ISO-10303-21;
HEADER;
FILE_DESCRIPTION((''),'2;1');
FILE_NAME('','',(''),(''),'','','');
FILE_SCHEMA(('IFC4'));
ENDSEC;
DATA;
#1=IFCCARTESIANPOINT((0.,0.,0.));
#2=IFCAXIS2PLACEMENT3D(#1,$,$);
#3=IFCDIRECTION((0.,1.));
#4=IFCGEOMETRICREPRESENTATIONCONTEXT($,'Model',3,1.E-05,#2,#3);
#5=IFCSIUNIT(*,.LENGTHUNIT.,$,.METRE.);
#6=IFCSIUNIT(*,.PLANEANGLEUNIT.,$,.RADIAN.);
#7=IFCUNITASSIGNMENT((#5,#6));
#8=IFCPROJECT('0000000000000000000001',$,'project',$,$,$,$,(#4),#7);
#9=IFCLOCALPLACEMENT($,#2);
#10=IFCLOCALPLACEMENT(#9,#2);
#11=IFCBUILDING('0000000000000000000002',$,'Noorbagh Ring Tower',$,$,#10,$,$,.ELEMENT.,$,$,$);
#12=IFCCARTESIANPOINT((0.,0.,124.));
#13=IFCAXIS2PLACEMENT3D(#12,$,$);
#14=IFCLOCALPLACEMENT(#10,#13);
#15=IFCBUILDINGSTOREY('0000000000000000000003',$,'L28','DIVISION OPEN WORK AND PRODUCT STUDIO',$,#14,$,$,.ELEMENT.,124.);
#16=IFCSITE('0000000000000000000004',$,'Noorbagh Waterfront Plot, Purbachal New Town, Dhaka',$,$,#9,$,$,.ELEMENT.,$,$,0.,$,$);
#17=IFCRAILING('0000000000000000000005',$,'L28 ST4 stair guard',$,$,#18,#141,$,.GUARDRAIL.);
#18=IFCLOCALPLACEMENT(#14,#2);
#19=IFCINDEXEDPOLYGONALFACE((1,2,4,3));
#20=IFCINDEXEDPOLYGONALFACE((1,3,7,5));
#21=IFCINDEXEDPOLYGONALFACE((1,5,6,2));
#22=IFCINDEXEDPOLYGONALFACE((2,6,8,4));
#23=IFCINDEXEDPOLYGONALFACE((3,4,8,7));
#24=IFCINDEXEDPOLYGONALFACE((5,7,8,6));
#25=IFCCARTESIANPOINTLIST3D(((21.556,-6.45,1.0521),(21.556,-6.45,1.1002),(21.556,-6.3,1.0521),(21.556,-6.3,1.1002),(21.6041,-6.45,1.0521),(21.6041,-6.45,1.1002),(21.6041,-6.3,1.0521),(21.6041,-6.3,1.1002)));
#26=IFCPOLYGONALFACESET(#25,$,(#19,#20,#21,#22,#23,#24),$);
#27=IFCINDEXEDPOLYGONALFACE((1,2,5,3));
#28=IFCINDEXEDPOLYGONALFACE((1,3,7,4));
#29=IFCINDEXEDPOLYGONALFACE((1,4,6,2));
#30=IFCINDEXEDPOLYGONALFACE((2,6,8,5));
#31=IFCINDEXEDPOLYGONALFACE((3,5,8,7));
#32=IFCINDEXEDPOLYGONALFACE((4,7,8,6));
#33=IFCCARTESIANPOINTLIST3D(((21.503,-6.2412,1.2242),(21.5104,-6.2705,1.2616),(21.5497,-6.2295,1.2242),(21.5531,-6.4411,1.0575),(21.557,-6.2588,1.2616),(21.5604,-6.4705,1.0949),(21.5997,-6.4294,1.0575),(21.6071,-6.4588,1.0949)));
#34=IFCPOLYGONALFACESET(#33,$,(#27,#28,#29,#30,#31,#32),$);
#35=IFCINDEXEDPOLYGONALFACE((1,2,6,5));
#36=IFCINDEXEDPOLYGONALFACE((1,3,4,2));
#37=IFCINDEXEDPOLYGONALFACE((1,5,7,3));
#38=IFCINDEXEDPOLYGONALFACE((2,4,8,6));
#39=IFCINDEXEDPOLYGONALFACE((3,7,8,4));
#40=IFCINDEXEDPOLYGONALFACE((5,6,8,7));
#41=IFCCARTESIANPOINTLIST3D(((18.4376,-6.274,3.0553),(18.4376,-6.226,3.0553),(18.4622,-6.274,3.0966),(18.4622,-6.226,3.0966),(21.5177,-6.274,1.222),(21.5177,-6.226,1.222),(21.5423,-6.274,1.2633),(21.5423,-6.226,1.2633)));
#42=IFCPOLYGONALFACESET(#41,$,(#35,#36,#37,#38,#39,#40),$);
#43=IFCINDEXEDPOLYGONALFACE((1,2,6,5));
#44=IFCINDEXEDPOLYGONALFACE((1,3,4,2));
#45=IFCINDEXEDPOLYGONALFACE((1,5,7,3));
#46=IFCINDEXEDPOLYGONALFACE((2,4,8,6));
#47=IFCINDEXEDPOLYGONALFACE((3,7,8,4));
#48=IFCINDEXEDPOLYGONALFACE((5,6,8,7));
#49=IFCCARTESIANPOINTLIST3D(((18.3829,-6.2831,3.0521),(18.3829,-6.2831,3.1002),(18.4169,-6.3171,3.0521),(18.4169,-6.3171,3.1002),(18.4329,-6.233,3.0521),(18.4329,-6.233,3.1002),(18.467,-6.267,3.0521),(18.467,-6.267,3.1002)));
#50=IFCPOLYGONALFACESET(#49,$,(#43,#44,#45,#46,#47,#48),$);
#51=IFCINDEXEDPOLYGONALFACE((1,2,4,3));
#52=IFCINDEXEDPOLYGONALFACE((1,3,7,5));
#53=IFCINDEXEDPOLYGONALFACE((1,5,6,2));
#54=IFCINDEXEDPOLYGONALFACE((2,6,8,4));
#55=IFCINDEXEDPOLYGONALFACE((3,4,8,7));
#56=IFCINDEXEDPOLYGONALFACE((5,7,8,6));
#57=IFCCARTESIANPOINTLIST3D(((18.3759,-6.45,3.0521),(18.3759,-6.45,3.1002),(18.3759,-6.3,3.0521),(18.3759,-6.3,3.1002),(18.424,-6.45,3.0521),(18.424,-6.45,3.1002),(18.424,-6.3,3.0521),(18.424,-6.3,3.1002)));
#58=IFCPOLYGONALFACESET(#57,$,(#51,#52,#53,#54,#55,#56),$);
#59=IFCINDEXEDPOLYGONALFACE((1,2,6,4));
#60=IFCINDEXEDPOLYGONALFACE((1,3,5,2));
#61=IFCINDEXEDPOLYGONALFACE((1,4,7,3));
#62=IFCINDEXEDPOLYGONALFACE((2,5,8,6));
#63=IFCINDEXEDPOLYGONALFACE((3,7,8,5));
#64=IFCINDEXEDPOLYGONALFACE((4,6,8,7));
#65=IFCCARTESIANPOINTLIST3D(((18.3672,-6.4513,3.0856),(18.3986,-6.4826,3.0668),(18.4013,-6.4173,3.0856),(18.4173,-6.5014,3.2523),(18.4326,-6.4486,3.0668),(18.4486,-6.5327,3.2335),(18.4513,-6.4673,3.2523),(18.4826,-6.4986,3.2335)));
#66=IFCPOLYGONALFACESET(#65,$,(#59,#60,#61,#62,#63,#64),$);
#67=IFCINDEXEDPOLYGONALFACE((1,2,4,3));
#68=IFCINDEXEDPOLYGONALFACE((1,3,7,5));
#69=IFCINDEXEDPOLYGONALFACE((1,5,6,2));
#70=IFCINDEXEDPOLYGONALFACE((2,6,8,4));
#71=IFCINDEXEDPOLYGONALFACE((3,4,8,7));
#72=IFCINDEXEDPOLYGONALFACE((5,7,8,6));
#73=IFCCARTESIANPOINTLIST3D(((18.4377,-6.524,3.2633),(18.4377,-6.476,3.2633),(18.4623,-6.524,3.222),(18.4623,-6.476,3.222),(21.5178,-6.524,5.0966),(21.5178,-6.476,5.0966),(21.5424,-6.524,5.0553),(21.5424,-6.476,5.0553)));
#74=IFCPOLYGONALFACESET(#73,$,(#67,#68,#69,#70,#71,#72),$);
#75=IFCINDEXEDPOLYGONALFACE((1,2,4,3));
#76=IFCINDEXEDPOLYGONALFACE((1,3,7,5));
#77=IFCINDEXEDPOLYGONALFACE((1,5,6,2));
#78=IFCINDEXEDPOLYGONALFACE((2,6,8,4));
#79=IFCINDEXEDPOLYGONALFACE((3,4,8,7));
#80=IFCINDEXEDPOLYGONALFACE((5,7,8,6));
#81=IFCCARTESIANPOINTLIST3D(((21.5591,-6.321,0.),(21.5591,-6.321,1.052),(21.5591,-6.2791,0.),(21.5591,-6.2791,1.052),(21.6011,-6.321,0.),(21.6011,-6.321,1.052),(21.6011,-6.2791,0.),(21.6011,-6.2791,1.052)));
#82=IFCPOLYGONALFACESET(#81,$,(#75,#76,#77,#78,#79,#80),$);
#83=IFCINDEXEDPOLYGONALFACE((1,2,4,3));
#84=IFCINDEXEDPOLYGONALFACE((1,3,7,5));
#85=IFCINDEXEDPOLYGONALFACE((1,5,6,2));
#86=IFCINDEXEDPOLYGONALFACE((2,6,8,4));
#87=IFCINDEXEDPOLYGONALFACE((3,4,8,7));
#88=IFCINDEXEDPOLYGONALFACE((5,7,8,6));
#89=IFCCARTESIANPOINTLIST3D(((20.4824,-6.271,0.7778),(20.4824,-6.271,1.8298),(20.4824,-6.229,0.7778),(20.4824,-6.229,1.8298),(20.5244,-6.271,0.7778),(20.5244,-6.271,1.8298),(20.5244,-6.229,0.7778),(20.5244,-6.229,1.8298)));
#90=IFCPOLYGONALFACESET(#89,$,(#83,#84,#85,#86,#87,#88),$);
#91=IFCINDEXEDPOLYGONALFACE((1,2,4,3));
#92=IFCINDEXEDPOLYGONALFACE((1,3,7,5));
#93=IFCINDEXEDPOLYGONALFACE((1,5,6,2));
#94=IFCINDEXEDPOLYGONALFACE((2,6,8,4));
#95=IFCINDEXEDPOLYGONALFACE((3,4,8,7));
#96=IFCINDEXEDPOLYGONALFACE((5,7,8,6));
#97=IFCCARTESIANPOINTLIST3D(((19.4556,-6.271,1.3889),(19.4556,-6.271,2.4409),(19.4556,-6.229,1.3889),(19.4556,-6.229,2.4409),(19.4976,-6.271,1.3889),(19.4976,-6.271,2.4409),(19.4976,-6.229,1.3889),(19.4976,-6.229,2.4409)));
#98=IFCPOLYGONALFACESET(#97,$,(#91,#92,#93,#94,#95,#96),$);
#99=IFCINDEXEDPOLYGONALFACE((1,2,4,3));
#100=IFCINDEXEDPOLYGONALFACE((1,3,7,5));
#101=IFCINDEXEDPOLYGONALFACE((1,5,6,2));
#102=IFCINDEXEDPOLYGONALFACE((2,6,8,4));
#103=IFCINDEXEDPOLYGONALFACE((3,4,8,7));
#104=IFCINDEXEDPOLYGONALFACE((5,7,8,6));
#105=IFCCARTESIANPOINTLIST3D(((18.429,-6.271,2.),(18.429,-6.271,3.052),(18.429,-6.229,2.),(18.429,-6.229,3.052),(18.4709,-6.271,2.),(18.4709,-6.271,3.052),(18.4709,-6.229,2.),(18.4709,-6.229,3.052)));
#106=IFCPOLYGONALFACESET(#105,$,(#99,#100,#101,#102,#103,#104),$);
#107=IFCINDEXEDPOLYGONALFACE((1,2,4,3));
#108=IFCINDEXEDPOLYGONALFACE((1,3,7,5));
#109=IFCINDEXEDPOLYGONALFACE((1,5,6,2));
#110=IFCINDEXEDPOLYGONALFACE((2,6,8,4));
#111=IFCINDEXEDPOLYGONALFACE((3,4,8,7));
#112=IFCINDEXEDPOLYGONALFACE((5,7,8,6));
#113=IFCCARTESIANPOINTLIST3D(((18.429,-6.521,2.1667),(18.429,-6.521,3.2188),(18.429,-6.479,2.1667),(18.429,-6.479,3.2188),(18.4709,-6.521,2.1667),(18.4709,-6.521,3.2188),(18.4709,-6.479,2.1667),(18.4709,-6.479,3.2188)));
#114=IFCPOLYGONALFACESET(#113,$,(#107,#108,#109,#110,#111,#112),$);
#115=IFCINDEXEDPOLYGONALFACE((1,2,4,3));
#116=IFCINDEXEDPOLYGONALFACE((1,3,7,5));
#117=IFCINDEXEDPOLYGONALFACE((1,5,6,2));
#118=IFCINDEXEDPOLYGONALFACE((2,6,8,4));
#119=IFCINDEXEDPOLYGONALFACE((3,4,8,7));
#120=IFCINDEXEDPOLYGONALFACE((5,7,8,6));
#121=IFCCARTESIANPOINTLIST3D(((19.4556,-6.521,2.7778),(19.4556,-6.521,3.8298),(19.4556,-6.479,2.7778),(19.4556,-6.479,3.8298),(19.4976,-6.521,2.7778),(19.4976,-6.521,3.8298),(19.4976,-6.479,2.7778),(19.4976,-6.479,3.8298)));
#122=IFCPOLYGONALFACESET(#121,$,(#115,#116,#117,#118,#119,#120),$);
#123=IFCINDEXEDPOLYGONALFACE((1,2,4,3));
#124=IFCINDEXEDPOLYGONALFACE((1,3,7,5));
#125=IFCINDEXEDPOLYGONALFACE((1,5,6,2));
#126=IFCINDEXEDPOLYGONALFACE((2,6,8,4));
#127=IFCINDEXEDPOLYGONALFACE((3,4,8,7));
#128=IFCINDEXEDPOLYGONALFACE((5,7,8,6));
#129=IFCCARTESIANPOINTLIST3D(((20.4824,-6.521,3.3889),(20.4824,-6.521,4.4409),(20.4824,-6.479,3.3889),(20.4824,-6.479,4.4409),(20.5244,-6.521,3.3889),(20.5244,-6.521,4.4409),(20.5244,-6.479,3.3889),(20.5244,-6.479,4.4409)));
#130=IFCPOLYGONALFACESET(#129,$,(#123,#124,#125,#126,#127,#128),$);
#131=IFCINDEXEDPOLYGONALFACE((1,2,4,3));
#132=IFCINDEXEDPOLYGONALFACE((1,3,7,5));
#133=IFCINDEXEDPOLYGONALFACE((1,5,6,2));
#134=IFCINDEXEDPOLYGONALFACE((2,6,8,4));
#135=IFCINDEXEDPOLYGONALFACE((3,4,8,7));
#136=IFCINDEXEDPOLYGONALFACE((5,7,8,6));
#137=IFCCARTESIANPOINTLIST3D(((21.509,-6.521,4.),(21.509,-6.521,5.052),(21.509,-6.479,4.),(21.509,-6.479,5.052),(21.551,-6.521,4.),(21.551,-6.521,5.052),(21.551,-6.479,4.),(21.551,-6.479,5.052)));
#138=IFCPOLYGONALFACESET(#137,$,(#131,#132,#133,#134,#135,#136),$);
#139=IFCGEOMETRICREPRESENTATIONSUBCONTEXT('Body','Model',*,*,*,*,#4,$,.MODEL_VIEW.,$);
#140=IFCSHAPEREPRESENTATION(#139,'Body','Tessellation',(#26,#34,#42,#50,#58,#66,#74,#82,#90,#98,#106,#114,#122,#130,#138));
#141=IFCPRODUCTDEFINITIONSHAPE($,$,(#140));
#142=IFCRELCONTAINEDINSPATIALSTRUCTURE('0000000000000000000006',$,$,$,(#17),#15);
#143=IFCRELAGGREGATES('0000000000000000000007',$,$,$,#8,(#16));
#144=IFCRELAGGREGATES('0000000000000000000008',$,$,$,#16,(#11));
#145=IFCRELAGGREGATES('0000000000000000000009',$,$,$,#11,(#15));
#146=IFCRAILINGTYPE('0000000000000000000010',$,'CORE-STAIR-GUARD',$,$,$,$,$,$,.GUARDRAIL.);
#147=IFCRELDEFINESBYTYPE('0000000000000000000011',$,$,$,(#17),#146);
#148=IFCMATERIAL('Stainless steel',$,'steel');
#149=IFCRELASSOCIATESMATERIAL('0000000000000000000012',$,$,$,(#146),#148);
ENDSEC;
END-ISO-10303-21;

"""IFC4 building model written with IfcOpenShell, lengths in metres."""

from ifc_helpers import new_model, si_unit, direction, frame, origin, origin_2d, place, context, subcontext, project, spatial, rectangle, extrude, material, type_object, element, save


model = new_model("IFC4")

# Units and contexts
model_context = context("Model", 3, precision=1e-05, world=origin(), true_north=direction((0.0, 1.0)))
body_context = subcontext(model_context, "Body", "Model", "MODEL_VIEW")
ifc_project = project(units=[si_unit("LENGTHUNIT", "METRE"), si_unit("PLANEANGLEUNIT", "RADIAN")], contexts=[model_context])

# Site, building, storey
site_placement = place(None, origin())
site = spatial("IfcSite", under=ifc_project, at=site_placement, Name="Noorbagh Waterfront Plot, Purbachal New Town, Dhaka", CompositionType="ELEMENT", RefElevation=0.0)
building_placement = place(site_placement, origin())
building = spatial("IfcBuilding", under=site, at=building_placement, Name="Noorbagh Ring Tower", CompositionType="ELEMENT")
storey_placement = place(building_placement, frame((0.0, 0.0, 124.0)))
storey = spatial("IfcBuildingStorey", under=building, at=storey_placement, Name="L28", Description="DIVISION OPEN WORK AND PRODUCT STUDIO", CompositionType="ELEMENT", Elevation=124.0)

# Railing
ifc_material_1 = material(Name="Stainless steel", Category="steel")
railing_type_1 = type_object("IfcRailingType", Name="CORE-STAIR-GUARD", PredefinedType="GUARDRAIL", material=ifc_material_1)
railing_1_placement = place(storey_placement, frame((21.5801, -6.3, 0.0)))
element("IfcRailing", 1, at=railing_1_placement, inside=storey, type_object=railing_type_1, Name="L28 ST4 stair guard", PredefinedType="GUARDRAIL", context=body_context, shape_type="SweptSolid", body=[
    extrude(rectangle(XDim=0.0481, YDim=0.0481, at=origin_2d()), frame((0.0, 0.0, 1.0762), z_axis=(0.0, -1.0, 0.0), x_axis=(1.0, 0.0, 0.0)), (0.0, 0.0, 1.0), 0.1499),
    extrude(rectangle(XDim=0.0481, YDim=0.0481, at=origin_2d()), frame((0.0, -0.1499, 1.0762), z_axis=(-0.188776, 0.754182, 0.628946), x_axis=(-0.970073, -0.242814, 0.0)), (0.0, 0.0, 1.0), 0.2651),
    extrude(rectangle(XDim=0.0481, YDim=0.0481, at=origin_2d()), frame((-0.05, 0.05, 1.2427), z_axis=(-0.859309, 0.0, 0.511458), x_axis=(0.0, -1.0, 0.0)), (0.0, 0.0, 1.0), 3.5845),
    extrude(rectangle(XDim=0.0481, YDim=0.0481, at=origin_2d()), frame((-3.1301, 0.05, 3.0762), z_axis=(-0.707107, -0.707107, 0.0), x_axis=(0.707107, -0.707107, 0.0)), (0.0, 0.0, 1.0), 0.0708),
    extrude(rectangle(XDim=0.0481, YDim=0.0481, at=origin_2d()), frame((-3.1802, 0.0, 3.0762), z_axis=(0.0, -1.0, 0.0), x_axis=(1.0, 0.0, 0.0)), (0.0, 0.0, 1.0), 0.1499),
    extrude(rectangle(XDim=0.0481, YDim=0.0481, at=origin_2d()), frame((-3.1802, -0.1499, 3.0762), z_axis=(0.276287, -0.276287, 0.920506), x_axis=(0.707107, 0.707107, 0.0)), (0.0, 0.0, 1.0), 0.1812),
    extrude(rectangle(XDim=0.0481, YDim=0.0481, at=origin_2d()), frame((-3.1301, -0.2, 3.2427), z_axis=(0.859309, 0.0, 0.511458), x_axis=(0.0, 1.0, 0.0)), (0.0, 0.0, 1.0), 3.5845),
    extrude(rectangle(XDim=0.042, YDim=0.042, at=origin_2d()), origin(), (0.0, 0.0, 1.0), 1.052),
    extrude(rectangle(XDim=0.042, YDim=0.042, at=origin_2d()), frame((-1.0767, 0.05, 0.7778)), (0.0, 0.0, 1.0), 1.052),
    extrude(rectangle(XDim=0.042, YDim=0.042, at=origin_2d()), frame((-2.1035, 0.05, 1.3889)), (0.0, 0.0, 1.0), 1.052),
    extrude(rectangle(XDim=0.042, YDim=0.042, at=origin_2d()), frame((-3.1301, 0.05, 2.0)), (0.0, 0.0, 1.0), 1.052),
    extrude(rectangle(XDim=0.042, YDim=0.042, at=origin_2d()), frame((-3.1301, -0.2, 2.1667)), (0.0, 0.0, 1.0), 1.052),
    extrude(rectangle(XDim=0.042, YDim=0.042, at=origin_2d()), frame((-2.1035, -0.2, 2.7778)), (0.0, 0.0, 1.0), 1.052),
    extrude(rectangle(XDim=0.042, YDim=0.042, at=origin_2d()), frame((-1.0767, -0.2, 3.3889)), (0.0, 0.0, 1.0), 1.052),
    extrude(rectangle(XDim=0.042, YDim=0.042, at=origin_2d()), frame((-0.05, -0.2, 4.0)), (0.0, 0.0, 1.0), 1.052),
])

save(model, "model.ifc")
